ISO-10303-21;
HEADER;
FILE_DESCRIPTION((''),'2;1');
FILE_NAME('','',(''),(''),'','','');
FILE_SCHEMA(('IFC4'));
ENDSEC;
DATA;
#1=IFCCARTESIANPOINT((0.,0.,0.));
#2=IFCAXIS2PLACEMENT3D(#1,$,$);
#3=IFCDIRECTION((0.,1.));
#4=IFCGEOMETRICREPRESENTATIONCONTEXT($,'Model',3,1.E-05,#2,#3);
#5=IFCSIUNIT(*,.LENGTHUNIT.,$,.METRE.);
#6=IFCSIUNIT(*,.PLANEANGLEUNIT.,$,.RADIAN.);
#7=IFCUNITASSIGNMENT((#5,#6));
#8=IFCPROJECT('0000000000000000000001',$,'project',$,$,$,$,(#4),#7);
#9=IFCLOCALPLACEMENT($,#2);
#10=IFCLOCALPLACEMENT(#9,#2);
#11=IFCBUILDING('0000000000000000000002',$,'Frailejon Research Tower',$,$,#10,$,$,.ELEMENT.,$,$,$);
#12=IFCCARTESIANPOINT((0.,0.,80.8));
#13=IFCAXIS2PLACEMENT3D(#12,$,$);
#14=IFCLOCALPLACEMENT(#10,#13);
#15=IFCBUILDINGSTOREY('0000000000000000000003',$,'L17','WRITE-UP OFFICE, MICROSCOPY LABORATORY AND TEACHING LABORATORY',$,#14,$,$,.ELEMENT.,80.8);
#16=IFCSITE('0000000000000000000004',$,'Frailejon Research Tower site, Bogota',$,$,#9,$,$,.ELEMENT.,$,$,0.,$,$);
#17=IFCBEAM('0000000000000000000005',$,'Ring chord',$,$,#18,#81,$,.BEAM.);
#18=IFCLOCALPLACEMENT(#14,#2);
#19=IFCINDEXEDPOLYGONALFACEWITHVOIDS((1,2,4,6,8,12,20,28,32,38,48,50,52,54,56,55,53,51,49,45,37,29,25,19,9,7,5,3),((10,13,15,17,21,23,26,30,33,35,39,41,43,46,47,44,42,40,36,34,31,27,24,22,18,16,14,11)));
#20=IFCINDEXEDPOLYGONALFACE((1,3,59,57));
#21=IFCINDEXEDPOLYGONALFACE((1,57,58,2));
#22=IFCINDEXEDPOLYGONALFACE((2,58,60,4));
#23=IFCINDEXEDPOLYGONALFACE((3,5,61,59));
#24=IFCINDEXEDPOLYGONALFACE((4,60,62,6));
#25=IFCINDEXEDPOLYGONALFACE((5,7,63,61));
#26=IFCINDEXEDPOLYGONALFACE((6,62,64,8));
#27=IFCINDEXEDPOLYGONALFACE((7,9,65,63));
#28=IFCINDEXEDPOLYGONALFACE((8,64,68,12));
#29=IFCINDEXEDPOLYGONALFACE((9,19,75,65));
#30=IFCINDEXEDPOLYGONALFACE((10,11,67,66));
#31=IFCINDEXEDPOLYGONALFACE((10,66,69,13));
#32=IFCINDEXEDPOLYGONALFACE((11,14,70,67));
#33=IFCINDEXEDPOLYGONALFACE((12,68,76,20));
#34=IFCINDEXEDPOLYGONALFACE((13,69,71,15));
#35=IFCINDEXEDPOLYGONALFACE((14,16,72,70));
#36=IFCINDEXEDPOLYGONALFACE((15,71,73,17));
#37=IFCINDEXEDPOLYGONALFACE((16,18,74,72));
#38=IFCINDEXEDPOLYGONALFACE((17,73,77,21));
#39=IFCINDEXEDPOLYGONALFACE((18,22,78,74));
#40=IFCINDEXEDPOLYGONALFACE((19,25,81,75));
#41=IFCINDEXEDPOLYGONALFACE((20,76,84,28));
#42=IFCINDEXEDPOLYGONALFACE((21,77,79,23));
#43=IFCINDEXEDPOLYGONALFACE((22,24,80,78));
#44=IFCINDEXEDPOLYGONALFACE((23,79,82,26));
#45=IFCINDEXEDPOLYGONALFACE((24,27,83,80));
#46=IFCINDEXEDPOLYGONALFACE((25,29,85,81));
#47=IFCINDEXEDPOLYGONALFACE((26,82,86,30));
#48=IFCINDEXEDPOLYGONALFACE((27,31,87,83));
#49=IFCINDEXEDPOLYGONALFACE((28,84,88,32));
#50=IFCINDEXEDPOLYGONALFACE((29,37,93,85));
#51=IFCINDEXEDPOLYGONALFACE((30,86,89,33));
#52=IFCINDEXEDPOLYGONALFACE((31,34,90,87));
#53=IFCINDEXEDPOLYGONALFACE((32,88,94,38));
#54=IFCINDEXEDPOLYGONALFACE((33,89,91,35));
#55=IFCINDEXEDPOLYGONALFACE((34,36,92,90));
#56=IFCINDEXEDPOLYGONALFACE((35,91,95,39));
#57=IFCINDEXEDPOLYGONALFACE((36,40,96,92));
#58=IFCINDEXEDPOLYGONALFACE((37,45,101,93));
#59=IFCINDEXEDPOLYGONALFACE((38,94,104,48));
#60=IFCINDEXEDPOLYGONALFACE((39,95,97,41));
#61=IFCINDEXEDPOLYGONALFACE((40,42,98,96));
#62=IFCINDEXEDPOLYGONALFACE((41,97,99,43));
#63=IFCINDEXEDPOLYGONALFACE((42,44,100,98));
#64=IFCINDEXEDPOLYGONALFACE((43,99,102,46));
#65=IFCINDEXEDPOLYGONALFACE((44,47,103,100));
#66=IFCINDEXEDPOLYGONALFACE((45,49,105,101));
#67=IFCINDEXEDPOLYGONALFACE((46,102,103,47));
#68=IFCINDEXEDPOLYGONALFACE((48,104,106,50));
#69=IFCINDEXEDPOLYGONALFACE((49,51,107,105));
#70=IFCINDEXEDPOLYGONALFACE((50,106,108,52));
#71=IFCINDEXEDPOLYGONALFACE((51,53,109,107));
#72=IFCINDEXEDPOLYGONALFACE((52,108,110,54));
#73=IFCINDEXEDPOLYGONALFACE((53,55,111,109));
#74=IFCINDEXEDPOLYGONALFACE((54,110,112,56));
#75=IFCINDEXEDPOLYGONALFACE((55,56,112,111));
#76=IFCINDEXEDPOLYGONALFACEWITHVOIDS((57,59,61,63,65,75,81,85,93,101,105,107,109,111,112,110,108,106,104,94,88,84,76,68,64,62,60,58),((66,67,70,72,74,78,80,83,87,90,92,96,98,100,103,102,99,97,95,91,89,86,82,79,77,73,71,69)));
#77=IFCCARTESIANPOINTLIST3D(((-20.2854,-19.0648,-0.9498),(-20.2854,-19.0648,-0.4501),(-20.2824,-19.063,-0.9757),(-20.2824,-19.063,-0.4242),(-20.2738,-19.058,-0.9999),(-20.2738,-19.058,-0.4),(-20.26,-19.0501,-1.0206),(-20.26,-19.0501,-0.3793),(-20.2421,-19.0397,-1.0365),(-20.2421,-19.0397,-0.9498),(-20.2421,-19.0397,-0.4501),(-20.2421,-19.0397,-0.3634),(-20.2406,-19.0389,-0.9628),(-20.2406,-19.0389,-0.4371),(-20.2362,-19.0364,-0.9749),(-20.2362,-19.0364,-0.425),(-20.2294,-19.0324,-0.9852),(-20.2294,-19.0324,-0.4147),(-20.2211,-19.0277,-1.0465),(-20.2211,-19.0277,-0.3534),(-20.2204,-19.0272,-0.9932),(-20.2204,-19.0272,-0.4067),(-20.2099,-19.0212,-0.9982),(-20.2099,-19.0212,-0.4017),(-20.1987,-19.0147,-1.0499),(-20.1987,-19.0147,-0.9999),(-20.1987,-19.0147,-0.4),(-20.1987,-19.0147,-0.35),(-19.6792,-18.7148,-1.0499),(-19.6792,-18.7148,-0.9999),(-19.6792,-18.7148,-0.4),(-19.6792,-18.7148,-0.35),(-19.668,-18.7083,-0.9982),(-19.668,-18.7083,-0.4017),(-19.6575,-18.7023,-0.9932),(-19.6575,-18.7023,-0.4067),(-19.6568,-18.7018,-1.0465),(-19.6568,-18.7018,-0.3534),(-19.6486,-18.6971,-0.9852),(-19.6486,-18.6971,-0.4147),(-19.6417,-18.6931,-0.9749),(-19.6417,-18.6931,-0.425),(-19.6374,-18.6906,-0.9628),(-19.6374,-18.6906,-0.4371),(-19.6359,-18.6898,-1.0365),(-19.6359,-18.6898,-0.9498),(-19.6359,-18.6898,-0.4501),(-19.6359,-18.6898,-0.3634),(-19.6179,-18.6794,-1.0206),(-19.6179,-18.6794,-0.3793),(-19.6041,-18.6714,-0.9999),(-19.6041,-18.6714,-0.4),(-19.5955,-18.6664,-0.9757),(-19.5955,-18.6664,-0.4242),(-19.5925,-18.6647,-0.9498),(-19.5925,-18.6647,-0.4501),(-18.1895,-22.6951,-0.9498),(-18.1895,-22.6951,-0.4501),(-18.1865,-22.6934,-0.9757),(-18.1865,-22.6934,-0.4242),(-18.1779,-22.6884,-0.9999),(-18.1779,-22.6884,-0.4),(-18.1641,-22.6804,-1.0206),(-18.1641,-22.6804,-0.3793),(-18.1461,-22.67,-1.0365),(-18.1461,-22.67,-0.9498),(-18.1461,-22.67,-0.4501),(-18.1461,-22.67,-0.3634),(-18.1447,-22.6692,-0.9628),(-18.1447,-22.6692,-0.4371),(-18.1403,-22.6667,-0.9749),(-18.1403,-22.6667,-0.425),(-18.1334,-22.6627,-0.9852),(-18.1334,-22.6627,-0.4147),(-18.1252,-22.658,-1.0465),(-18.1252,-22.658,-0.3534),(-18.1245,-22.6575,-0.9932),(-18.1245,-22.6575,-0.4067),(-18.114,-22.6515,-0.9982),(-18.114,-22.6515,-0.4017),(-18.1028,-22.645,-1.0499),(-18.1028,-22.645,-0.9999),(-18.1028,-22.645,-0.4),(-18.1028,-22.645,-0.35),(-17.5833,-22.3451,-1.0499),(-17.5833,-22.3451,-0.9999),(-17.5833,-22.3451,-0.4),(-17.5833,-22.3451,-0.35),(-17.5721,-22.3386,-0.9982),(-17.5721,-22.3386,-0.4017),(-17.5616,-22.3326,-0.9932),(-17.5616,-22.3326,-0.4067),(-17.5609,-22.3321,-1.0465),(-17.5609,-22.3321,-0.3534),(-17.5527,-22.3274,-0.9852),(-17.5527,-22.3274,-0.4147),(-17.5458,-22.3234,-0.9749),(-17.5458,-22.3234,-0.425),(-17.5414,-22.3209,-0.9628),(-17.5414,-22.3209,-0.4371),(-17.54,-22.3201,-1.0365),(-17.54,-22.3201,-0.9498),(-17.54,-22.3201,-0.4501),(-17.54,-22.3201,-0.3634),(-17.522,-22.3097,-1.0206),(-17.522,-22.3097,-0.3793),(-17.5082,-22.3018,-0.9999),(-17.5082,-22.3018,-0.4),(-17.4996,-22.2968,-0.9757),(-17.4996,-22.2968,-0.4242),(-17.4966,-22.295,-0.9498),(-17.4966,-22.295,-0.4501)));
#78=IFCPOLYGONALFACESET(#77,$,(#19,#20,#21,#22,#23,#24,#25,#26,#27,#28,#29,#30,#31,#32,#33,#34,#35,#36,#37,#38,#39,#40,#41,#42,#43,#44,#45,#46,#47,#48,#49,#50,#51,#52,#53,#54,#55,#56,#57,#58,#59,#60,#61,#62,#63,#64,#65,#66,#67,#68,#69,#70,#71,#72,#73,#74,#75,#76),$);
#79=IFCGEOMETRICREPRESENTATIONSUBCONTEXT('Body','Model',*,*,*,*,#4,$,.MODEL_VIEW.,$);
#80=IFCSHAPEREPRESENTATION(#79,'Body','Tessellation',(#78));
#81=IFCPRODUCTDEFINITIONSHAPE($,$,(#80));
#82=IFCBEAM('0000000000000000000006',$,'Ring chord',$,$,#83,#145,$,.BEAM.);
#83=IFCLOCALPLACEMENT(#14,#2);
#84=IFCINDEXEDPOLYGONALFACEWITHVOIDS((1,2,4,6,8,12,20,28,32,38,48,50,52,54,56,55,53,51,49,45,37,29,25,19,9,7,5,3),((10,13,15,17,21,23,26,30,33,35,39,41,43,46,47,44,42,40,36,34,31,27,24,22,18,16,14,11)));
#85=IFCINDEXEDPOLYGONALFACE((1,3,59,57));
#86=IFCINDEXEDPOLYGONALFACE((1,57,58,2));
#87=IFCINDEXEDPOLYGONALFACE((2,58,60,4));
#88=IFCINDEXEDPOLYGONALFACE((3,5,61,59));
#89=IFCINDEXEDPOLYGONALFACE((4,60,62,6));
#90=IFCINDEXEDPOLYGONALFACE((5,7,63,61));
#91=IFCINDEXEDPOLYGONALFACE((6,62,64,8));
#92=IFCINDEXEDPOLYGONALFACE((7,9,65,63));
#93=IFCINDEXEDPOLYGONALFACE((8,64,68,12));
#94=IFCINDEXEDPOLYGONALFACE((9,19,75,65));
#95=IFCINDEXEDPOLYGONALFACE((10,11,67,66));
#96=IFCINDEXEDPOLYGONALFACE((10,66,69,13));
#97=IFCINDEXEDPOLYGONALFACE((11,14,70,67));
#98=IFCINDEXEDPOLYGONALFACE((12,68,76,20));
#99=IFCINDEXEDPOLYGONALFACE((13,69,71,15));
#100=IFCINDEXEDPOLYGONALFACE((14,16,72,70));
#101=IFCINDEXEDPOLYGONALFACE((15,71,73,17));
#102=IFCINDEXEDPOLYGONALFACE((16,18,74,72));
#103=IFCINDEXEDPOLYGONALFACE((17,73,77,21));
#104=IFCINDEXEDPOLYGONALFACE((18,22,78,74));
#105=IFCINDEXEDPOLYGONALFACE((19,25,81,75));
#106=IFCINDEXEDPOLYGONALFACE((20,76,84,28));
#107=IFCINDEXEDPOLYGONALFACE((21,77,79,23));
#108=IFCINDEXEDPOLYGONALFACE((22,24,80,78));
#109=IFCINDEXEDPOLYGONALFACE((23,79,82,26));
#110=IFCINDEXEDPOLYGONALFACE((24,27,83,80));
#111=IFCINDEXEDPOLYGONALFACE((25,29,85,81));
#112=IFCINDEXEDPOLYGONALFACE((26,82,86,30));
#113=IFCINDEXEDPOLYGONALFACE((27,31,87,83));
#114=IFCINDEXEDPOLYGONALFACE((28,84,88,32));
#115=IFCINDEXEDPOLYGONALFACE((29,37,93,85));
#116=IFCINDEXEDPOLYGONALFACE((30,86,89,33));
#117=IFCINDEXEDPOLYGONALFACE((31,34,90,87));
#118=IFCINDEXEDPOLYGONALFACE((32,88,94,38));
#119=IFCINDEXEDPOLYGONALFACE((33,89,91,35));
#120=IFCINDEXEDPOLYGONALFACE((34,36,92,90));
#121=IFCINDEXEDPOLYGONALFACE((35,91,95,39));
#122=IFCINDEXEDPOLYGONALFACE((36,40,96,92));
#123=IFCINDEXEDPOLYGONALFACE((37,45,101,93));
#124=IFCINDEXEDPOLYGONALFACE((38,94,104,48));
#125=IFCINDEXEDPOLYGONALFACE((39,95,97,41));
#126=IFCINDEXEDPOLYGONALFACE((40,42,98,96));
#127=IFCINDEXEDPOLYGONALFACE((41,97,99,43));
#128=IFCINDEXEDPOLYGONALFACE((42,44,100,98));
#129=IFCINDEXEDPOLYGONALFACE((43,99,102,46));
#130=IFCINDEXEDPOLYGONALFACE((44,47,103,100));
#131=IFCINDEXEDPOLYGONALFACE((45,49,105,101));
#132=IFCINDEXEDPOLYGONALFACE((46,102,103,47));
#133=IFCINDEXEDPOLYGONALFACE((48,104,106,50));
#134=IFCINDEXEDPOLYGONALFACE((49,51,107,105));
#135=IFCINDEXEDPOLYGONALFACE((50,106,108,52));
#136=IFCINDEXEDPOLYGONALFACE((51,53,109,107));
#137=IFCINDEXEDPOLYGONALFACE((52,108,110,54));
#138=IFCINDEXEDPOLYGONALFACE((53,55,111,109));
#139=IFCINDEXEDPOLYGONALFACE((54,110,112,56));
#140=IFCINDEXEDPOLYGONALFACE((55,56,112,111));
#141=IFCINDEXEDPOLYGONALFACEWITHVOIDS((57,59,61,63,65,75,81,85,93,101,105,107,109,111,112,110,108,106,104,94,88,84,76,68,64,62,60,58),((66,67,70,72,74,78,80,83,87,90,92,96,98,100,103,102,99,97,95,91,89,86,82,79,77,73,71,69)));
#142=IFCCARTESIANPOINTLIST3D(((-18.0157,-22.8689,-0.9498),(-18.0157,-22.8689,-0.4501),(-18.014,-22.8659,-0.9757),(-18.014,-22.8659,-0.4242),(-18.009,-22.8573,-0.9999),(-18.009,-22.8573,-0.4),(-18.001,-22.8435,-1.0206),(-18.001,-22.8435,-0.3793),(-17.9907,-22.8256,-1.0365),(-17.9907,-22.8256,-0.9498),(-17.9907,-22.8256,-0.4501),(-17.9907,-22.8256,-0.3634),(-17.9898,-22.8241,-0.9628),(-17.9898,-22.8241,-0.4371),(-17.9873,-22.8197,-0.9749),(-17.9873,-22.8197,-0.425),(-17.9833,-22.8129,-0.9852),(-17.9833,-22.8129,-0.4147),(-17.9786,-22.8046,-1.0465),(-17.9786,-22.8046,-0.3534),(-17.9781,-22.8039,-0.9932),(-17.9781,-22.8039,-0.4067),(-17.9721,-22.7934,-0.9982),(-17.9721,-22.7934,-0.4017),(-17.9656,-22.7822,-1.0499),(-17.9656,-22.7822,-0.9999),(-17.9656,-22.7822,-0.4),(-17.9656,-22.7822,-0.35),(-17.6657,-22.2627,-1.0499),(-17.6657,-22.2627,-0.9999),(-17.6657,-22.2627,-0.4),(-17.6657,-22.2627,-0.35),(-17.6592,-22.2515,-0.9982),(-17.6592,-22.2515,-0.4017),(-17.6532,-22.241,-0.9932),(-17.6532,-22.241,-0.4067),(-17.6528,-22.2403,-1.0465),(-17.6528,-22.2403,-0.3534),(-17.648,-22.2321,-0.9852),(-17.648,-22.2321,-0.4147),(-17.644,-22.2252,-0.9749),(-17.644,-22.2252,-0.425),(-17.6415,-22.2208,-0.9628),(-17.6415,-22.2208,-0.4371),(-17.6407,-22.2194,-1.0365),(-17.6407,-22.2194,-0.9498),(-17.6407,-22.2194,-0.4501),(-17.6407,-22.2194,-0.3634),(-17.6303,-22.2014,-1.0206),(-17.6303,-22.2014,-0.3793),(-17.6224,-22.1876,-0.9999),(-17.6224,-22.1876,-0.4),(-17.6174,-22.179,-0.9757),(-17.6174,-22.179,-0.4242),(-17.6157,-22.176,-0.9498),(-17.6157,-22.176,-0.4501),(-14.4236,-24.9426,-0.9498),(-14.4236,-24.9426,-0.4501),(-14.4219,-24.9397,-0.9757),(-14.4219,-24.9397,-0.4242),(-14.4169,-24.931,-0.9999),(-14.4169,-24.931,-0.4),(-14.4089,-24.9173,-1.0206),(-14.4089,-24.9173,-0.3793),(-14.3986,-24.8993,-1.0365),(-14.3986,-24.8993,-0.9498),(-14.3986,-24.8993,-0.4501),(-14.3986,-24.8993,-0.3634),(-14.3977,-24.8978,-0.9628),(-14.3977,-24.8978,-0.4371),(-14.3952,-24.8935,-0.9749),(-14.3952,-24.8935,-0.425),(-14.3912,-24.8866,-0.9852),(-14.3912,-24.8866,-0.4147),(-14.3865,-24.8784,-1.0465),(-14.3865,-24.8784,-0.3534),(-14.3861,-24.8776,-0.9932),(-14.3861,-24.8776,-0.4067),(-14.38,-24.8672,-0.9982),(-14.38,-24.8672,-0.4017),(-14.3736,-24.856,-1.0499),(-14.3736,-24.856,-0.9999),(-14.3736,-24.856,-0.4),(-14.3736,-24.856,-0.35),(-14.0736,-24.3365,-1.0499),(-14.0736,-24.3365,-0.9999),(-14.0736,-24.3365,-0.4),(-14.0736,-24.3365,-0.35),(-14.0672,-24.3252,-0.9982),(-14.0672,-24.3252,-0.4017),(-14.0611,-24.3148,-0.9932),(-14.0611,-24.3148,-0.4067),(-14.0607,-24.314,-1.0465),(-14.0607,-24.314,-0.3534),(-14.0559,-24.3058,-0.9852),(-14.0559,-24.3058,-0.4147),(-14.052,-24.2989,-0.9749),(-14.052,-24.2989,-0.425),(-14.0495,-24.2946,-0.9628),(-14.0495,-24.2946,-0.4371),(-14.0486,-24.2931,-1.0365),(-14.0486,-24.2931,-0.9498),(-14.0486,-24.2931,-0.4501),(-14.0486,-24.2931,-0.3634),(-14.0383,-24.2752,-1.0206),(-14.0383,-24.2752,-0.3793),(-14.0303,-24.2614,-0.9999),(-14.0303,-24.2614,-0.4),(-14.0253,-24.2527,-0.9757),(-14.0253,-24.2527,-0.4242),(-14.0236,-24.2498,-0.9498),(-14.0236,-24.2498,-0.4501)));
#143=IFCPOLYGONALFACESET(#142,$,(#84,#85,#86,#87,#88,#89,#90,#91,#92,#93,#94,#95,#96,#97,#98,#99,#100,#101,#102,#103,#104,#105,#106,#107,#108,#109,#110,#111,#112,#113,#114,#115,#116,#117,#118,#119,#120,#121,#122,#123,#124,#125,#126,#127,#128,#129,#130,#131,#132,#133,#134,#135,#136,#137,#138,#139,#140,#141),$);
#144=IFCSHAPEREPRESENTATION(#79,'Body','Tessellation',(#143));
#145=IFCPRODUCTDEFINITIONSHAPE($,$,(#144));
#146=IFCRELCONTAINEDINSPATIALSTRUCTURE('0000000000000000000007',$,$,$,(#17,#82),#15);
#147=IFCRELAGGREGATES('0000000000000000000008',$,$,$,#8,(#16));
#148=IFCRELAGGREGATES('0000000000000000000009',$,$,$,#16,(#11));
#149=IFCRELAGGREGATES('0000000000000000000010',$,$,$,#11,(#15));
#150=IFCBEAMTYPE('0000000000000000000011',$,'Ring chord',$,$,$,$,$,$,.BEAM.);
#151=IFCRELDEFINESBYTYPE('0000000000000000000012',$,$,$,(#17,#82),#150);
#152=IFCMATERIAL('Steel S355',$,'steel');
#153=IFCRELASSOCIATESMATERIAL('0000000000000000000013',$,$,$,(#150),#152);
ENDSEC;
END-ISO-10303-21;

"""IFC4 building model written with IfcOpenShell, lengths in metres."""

from ifc_helpers import new_model, si_unit, direction, frame, origin, origin_2d, place, context, subcontext, project, spatial, hollow_rectangle, extrude, material, material_profile, profile_set, type_object, element, save


model = new_model("IFC4")

# Units and contexts
model_context = context("Model", 3, precision=1e-05, world=origin(), true_north=direction((0.0, 1.0)))
body_context = subcontext(model_context, "Body", "Model", "MODEL_VIEW")
ifc_project = project(units=[si_unit("LENGTHUNIT", "METRE"), si_unit("PLANEANGLEUNIT", "RADIAN")], contexts=[model_context])

# Site, building, storey
site_placement = place(None, origin())
site = spatial("IfcSite", under=ifc_project, at=site_placement, Name="Frailejon Research Tower site, Bogota", CompositionType="ELEMENT", RefElevation=0.0)
building_placement = place(site_placement, origin())
building = spatial("IfcBuilding", under=site, at=building_placement, Name="Frailejon Research Tower", CompositionType="ELEMENT")
storey_placement = place(building_placement, frame((0.0, 0.0, 80.8)))
storey = spatial("IfcBuildingStorey", under=building, at=storey_placement, Name="L17", Description="WRITE-UP OFFICE, MICROSCOPY LABORATORY AND TEACHING LABORATORY", CompositionType="ELEMENT", Elevation=80.8)

# Beams
ifc_material_1 = material(Name="Steel S355", Category="steel")
ifc_material_profile_1 = material_profile(ifc_material_1, hollow_rectangle(XDim=0.8, YDim=0.7, WallThickness=0.05, InnerFilletRadius=0.05, OuterFilletRadius=0.1001, at=origin_2d()), Name="Ring chord")
ifc_profile_set_1 = profile_set([ifc_material_profile_1], Name="Steel S355")
beam_type_1 = type_object("IfcBeamType", Name="Ring chord", PredefinedType="BEAM", material=ifc_profile_set_1)
for number, where, z_axis, x_axis, name in (
    (1, (-19.939, -18.8647, -0.7), (0.499991, -0.86603, 0.0), (0.86603, 0.499991, 0.0), "Ring chord"),
):
    element("IfcBeam", number, at=place(storey_placement, frame(where, z_axis=z_axis, x_axis=x_axis)), inside=storey, type_object=beam_type_1, Name=name, PredefinedType="BEAM", context=body_context, shape_type="SweptSolid", body=[
        extrude(hollow_rectangle(XDim=0.8, YDim=0.7, WallThickness=0.05, InnerFilletRadius=0.05, OuterFilletRadius=0.1001, at=origin_2d()), origin(), (0.0, 0.0, 1.0), 4.1919),
    ])
beam_1_placement = place(storey_placement, frame((-17.8157, -22.5225, -0.7), z_axis=(0.86604, -0.499976, 0.0), x_axis=(0.499976, 0.86604, 0.0)))
element("IfcBeam", 2, at=beam_1_placement, inside=storey, type_object=beam_type_1, Name="Ring chord", PredefinedType="BEAM", context=body_context, shape_type="SweptSolid", body=[
    extrude(hollow_rectangle(XDim=0.8, YDim=0.7, WallThickness=0.05, InnerFilletRadius=0.05, OuterFilletRadius=0.1001, at=origin_2d()), origin(), (0.0, 0.0, 1.0), 4.1477),
])

save(model, "model.ifc")
